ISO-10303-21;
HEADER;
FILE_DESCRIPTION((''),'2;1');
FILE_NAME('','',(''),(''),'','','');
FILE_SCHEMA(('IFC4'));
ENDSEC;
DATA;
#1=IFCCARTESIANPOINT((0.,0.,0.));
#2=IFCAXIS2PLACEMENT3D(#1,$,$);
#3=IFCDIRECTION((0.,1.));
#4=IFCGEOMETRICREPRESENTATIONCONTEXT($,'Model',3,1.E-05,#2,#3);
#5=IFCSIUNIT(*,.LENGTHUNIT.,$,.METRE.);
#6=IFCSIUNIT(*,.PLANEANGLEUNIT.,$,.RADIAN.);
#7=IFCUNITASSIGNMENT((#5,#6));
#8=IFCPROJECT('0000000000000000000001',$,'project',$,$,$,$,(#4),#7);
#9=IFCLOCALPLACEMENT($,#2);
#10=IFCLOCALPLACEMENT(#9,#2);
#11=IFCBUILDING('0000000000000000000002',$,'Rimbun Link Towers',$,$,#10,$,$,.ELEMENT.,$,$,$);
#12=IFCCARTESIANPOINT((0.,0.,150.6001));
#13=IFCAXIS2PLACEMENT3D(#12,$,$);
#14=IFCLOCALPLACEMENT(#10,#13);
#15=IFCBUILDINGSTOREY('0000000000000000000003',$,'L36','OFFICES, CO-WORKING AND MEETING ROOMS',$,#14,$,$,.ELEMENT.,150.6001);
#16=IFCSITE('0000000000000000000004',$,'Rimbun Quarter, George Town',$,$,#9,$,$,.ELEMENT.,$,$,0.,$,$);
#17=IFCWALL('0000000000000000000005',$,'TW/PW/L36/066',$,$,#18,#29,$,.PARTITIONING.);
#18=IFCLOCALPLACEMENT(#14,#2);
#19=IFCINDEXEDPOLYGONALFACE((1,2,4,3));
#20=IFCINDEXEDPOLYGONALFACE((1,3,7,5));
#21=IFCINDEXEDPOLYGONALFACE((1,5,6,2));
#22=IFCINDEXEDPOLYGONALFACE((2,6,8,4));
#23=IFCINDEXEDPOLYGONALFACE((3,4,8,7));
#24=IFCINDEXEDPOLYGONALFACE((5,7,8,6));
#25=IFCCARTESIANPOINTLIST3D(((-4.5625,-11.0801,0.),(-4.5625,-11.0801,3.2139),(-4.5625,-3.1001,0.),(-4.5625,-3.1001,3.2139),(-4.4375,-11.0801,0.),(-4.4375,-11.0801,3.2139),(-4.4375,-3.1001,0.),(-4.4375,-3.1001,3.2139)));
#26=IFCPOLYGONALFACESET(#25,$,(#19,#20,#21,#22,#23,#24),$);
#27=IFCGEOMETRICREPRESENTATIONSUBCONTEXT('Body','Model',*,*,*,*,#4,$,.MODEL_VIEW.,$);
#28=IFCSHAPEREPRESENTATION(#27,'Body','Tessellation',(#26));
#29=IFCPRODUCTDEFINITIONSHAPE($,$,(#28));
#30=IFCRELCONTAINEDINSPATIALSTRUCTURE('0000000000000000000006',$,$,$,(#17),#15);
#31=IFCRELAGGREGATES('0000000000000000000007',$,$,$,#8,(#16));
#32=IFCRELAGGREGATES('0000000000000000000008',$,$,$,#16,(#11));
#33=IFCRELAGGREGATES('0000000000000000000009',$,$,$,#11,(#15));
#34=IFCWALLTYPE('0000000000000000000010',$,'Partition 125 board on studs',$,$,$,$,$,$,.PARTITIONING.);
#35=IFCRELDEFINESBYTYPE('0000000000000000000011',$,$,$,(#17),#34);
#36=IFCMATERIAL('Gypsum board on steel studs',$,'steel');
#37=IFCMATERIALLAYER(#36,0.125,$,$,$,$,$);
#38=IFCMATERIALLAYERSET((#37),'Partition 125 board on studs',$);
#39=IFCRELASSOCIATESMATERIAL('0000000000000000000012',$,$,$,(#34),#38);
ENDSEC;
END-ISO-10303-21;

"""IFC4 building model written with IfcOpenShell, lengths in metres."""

from ifc_helpers import new_model, si_unit, direction, frame, frame_2d, origin, place, context, subcontext, project, spatial, rectangle, extrude, material, layer, layer_set, type_object, element, save


model = new_model("IFC4")

# Units and contexts
model_context = context("Model", 3, precision=1e-05, world=origin(), true_north=direction((0.0, 1.0)))
body_context = subcontext(model_context, "Body", "Model", "MODEL_VIEW")
ifc_project = project(units=[si_unit("LENGTHUNIT", "METRE"), si_unit("PLANEANGLEUNIT", "RADIAN")], contexts=[model_context])

# Site, building, storey
site_placement = place(None, origin())
site = spatial("IfcSite", under=ifc_project, at=site_placement, Name="Rimbun Quarter, George Town", CompositionType="ELEMENT", RefElevation=0.0)
building_placement = place(site_placement, origin())
building = spatial("IfcBuilding", under=site, at=building_placement, Name="Rimbun Link Towers", CompositionType="ELEMENT")
storey_placement = place(building_placement, frame((0.0, 0.0, 150.6001)))
storey = spatial("IfcBuildingStorey", under=building, at=storey_placement, Name="L36", Description="OFFICES, CO-WORKING AND MEETING ROOMS", CompositionType="ELEMENT", Elevation=150.6001)

# Wall
ifc_material_1 = material(Name="Gypsum board on steel studs", Category="steel")
ifc_layer_1 = layer(ifc_material_1, 0.125)
ifc_layer_set_1 = layer_set([ifc_layer_1], Name="Partition 125 board on studs")
wall_type_1 = type_object("IfcWallType", Name="Partition 125 board on studs", PredefinedType="PARTITIONING", material=ifc_layer_set_1)
wall_1_placement = place(storey_placement, frame((-4.5, -11.0801, 0.0), z_axis=(0.0, 0.0, 1.0), x_axis=(0.0, 1.0, 0.0)))
element("IfcWall", 1, at=wall_1_placement, inside=storey, type_object=wall_type_1, Name="TW/PW/L36/066", PredefinedType="PARTITIONING", context=body_context, shape_type="SweptSolid", body=[
    extrude(rectangle(XDim=7.98, YDim=0.125, at=frame_2d((3.99, 0.0))), origin(), (0.0, 0.0, 1.0), 3.2139),
])

save(model, "model.ifc")
